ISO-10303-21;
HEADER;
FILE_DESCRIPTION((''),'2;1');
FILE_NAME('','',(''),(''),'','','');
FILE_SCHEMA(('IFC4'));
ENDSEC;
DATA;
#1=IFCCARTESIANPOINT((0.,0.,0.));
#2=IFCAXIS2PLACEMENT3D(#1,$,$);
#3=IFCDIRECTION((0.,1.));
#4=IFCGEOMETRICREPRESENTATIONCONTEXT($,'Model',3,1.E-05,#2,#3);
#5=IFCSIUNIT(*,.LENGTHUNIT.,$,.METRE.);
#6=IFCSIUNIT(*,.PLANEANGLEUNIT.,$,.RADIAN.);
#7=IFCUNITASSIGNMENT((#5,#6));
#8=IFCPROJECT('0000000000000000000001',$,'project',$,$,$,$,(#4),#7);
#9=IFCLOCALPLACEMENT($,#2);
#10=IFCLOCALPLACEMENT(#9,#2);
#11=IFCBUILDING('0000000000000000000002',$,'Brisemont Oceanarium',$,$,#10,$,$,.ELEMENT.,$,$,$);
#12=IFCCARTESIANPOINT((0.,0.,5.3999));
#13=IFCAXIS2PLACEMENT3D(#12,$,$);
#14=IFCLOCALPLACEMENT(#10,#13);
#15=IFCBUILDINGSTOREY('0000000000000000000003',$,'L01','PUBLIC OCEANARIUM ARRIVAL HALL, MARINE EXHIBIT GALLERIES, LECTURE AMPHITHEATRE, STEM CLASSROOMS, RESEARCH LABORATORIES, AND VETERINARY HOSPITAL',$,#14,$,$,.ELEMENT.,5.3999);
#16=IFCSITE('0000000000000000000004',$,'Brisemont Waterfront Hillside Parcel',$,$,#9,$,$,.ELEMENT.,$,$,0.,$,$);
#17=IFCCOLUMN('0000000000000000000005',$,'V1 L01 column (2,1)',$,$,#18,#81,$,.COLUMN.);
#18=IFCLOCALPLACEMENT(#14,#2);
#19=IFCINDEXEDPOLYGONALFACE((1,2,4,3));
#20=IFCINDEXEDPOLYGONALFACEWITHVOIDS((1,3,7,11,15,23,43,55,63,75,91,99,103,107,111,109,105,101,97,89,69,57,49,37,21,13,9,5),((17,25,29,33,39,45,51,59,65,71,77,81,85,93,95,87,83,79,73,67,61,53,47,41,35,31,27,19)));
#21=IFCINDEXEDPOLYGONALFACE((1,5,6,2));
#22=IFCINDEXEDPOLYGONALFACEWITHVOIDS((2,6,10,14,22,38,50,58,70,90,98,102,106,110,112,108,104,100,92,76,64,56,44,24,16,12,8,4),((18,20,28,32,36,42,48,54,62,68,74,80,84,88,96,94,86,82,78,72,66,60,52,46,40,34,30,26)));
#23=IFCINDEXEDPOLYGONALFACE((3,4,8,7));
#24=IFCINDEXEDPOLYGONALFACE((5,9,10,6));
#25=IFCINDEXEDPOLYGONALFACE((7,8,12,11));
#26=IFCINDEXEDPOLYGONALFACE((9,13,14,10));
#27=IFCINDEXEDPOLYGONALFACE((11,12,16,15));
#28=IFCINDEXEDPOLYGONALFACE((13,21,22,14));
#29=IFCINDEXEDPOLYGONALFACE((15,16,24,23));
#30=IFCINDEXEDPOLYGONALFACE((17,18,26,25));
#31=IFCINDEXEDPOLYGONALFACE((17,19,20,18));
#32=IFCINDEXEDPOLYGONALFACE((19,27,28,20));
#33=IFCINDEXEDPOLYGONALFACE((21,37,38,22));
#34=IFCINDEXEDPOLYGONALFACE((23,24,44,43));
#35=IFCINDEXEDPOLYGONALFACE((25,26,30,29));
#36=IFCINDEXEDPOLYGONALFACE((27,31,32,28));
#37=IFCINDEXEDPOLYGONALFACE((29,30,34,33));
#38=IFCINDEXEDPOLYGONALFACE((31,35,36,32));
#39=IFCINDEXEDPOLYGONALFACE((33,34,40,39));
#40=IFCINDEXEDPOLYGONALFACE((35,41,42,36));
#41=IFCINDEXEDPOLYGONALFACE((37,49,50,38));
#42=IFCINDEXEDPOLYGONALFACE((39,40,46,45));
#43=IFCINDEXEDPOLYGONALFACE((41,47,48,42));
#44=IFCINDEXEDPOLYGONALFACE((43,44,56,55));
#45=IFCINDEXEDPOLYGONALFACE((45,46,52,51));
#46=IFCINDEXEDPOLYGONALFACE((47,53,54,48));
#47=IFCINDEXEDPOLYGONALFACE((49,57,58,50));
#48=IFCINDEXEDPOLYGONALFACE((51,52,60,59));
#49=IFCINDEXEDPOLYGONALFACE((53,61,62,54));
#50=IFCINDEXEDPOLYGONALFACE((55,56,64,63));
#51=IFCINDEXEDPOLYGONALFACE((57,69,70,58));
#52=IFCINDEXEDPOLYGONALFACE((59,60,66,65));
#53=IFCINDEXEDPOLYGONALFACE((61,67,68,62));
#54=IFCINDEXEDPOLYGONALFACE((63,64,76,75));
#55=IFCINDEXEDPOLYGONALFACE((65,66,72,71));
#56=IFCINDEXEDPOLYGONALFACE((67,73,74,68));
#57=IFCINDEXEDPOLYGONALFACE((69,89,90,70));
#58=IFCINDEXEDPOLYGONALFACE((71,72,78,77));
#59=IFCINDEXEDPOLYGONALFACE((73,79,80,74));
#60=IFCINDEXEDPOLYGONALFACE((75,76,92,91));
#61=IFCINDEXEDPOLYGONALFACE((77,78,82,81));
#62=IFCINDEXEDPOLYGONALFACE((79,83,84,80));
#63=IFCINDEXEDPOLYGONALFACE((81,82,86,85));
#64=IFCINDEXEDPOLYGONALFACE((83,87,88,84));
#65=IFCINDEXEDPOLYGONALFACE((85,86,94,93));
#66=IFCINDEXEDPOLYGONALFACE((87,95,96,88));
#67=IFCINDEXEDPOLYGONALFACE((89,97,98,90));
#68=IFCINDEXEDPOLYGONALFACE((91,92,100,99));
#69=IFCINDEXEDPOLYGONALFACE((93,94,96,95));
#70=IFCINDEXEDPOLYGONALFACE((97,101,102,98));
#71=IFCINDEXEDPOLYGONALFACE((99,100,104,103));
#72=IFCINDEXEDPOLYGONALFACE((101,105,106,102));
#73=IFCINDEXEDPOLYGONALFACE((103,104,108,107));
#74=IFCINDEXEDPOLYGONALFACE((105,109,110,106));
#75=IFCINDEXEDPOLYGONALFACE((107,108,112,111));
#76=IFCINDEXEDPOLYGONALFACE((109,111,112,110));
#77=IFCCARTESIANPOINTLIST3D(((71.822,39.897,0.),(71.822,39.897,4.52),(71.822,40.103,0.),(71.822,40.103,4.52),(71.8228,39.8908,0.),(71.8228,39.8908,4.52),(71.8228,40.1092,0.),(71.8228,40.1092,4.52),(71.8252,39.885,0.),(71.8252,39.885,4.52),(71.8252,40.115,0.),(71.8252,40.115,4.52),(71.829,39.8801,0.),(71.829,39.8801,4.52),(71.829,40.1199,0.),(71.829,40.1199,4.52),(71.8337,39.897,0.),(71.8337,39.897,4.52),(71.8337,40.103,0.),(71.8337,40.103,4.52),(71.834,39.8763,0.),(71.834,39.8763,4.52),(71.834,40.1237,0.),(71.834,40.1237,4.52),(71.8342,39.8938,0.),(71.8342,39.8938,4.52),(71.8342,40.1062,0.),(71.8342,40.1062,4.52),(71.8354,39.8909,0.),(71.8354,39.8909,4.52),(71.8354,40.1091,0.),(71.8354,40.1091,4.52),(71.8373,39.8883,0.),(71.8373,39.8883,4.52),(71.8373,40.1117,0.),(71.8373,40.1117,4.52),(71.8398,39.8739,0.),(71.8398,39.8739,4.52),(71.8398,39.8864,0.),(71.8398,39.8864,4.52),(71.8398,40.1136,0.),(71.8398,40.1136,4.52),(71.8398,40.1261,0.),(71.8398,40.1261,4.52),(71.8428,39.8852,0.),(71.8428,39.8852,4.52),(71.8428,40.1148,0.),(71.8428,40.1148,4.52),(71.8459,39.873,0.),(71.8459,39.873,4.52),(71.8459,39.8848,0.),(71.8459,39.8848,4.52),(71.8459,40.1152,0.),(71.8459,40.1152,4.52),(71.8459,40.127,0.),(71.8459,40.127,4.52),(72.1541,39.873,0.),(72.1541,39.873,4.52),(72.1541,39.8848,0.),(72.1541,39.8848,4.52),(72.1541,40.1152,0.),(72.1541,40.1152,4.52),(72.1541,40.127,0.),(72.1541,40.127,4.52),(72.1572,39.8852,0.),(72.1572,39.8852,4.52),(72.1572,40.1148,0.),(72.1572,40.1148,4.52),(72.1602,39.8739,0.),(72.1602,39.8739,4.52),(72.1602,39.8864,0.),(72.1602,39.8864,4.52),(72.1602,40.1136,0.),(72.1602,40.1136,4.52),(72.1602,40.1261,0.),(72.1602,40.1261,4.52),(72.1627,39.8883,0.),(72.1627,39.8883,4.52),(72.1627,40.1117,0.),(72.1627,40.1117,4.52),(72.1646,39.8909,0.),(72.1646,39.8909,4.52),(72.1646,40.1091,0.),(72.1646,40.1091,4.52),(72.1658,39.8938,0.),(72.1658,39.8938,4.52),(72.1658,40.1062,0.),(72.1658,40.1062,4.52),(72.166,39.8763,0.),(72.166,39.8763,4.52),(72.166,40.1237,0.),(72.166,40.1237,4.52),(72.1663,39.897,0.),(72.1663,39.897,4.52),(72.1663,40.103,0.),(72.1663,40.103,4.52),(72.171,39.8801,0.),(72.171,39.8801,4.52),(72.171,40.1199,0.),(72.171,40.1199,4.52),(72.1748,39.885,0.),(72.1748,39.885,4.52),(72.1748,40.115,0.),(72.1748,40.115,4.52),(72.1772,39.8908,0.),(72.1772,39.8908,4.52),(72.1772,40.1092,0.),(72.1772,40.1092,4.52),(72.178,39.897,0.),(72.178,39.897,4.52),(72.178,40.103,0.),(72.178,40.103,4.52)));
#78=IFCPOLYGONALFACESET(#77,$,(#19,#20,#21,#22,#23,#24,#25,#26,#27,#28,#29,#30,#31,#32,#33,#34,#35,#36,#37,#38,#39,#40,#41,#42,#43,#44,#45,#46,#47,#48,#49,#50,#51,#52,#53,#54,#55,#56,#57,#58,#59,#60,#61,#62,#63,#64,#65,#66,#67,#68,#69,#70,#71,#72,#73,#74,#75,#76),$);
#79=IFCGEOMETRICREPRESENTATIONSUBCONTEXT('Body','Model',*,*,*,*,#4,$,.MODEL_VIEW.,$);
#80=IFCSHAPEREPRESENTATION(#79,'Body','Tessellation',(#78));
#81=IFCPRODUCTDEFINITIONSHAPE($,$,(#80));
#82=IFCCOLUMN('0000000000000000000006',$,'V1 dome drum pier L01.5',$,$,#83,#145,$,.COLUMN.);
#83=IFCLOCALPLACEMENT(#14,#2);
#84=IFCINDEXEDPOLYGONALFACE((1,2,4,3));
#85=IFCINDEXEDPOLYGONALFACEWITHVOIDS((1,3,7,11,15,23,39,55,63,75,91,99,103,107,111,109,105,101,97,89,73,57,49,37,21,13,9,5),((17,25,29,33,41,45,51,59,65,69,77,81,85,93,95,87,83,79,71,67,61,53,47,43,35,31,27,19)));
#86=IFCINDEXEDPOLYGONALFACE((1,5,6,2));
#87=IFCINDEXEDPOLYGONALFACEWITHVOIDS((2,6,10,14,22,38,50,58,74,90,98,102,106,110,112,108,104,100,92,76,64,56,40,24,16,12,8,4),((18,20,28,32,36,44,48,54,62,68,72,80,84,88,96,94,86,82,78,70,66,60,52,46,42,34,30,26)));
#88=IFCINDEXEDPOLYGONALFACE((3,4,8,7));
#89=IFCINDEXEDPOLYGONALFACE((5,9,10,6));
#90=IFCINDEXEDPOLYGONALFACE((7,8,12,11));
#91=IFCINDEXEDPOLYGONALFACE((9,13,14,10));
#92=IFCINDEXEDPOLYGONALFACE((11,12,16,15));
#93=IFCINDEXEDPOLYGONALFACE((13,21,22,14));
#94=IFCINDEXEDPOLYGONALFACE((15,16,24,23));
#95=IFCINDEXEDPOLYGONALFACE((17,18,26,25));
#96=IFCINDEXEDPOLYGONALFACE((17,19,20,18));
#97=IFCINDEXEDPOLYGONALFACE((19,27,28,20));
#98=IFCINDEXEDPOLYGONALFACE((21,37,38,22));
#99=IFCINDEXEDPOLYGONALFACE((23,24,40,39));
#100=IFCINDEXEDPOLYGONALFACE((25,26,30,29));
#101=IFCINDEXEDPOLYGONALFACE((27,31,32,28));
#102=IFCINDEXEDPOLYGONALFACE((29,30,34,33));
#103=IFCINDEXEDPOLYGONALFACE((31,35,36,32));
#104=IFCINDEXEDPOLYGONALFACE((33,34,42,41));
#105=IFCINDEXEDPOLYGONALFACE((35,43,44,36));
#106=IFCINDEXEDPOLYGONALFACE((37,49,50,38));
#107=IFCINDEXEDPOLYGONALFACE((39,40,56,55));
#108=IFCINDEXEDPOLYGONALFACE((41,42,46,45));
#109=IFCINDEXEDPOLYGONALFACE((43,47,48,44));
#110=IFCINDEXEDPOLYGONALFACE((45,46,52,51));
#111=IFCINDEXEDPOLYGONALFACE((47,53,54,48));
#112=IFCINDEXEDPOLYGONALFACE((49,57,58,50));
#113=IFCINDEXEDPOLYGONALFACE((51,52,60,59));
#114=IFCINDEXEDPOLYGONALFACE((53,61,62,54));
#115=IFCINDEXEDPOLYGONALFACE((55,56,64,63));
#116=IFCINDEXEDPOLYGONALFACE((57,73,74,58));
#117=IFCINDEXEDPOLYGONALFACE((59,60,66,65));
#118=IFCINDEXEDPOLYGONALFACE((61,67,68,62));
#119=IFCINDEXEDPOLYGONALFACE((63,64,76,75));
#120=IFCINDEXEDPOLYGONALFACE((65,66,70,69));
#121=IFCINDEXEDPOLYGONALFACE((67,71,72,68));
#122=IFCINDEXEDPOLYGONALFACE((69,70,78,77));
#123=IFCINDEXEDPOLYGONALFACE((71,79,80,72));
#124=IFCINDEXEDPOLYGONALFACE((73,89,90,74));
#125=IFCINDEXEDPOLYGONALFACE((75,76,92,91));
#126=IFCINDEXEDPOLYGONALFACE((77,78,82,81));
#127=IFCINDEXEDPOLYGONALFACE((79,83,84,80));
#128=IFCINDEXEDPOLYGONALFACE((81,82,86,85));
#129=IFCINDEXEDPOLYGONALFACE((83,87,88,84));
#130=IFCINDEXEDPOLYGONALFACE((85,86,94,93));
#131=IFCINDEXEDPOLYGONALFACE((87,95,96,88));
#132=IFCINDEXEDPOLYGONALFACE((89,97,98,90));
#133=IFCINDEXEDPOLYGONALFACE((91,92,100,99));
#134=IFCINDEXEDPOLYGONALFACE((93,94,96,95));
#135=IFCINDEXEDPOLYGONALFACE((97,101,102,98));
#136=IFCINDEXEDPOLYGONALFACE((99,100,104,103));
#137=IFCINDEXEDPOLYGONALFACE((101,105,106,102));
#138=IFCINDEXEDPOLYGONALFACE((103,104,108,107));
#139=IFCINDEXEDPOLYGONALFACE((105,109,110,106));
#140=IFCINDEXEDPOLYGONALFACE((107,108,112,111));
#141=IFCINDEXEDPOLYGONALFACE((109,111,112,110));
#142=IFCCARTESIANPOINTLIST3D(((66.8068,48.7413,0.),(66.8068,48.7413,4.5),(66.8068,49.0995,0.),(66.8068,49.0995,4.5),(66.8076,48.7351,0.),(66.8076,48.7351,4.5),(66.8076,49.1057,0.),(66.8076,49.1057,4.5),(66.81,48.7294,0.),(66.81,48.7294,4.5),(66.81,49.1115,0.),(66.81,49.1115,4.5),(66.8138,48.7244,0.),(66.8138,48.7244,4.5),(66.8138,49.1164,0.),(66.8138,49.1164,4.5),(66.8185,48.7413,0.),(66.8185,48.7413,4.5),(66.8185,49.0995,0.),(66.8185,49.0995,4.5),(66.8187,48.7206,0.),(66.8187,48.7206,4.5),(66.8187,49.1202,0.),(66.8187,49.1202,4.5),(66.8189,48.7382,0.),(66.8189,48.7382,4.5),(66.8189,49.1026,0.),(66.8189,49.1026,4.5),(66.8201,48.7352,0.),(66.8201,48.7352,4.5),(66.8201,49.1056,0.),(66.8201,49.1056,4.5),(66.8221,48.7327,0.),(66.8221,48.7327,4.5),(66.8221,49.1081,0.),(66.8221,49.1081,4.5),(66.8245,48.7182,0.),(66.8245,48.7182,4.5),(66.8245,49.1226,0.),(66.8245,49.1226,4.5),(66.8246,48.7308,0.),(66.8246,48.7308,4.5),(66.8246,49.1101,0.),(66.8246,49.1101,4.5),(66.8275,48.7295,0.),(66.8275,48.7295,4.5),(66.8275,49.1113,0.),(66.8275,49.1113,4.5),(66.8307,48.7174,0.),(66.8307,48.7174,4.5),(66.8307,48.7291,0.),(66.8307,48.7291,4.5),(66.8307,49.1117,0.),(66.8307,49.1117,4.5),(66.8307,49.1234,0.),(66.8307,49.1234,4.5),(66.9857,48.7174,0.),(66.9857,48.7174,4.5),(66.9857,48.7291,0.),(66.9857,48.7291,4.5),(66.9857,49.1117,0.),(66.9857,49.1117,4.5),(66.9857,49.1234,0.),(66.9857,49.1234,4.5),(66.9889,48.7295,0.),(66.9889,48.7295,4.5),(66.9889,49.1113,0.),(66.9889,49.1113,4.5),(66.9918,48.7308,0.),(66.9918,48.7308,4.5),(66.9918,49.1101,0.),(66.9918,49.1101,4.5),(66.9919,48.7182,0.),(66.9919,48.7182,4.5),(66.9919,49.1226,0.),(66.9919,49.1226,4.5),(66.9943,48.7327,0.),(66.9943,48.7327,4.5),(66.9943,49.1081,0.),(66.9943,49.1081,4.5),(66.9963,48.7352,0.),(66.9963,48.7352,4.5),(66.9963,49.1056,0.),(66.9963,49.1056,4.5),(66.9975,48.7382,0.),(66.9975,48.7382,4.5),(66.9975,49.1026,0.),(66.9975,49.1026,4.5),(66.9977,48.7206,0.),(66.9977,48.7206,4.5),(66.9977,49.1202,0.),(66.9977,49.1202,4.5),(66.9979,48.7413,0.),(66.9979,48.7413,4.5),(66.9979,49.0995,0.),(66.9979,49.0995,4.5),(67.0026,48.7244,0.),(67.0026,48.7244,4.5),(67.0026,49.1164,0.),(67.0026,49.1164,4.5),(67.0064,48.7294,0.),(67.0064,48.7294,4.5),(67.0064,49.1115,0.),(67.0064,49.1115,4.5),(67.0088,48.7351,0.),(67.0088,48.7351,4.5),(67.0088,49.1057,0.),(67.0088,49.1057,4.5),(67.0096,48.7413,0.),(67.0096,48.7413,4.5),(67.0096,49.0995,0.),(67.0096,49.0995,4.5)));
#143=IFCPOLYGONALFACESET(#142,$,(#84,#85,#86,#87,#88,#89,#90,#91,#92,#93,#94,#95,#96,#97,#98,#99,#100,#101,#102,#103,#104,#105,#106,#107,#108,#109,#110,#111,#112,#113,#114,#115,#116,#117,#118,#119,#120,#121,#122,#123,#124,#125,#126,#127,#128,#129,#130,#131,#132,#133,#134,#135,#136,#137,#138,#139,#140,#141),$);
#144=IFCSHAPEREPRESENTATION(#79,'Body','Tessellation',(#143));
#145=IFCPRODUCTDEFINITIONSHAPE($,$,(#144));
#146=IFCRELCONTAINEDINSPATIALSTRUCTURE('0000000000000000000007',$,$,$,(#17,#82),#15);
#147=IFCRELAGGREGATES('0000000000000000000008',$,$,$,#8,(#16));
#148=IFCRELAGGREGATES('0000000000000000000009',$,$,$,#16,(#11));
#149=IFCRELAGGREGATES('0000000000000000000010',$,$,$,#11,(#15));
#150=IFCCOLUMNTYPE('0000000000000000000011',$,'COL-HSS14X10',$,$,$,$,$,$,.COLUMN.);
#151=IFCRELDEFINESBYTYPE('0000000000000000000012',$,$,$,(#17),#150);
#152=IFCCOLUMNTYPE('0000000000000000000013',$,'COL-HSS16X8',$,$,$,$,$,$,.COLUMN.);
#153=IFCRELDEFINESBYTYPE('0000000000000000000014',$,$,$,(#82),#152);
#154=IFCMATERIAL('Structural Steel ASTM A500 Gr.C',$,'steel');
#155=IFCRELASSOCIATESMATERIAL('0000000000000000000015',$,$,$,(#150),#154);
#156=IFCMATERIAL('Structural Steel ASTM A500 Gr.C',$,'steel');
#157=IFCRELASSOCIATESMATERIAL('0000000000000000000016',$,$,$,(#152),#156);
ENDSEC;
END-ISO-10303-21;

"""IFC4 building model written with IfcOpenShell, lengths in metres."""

from ifc_helpers import new_model, si_unit, direction, frame, origin, origin_2d, place, context, subcontext, project, spatial, hollow_rectangle, extrude, material, material_profile, profile_set, type_object, element, save


model = new_model("IFC4")

# Units and contexts
model_context = context("Model", 3, precision=1e-05, world=origin(), true_north=direction((0.0, 1.0)))
body_context = subcontext(model_context, "Body", "Model", "MODEL_VIEW")
ifc_project = project(units=[si_unit("LENGTHUNIT", "METRE"), si_unit("PLANEANGLEUNIT", "RADIAN")], contexts=[model_context])

# Site, building, storey
site_placement = place(None, origin())
site = spatial("IfcSite", under=ifc_project, at=site_placement, Name="Brisemont Waterfront Hillside Parcel", CompositionType="ELEMENT", RefElevation=0.0)
building_placement = place(site_placement, origin())
building = spatial("IfcBuilding", under=site, at=building_placement, Name="Brisemont Oceanarium", CompositionType="ELEMENT")
storey_placement = place(building_placement, frame((0.0, 0.0, 5.3999)))
storey = spatial("IfcBuildingStorey", under=building, at=storey_placement, Name="L01", Description="PUBLIC OCEANARIUM ARRIVAL HALL, MARINE EXHIBIT GALLERIES, LECTURE AMPHITHEATRE, STEM CLASSROOMS, RESEARCH LABORATORIES, AND VETERINARY HOSPITAL", CompositionType="ELEMENT", Elevation=5.3999)

# Columns
ifc_material_1 = material(Name="Structural Steel ASTM A500 Gr.C", Category="steel")
ifc_material_profile_1 = material_profile(ifc_material_1, hollow_rectangle(XDim=0.2539, YDim=0.356, WallThickness=0.0117, InnerFilletRadius=0.0122, OuterFilletRadius=0.0239, at=origin_2d()), Name="HSS14X10X1/2")
ifc_profile_set_1 = profile_set([ifc_material_profile_1], Name="Structural Steel ASTM A500 Gr.C")
column_type_1 = type_object("IfcColumnType", Name="COL-HSS14X10", PredefinedType="COLUMN", material=ifc_profile_set_1)
column_1_placement = place(storey_placement, frame((72.0, 40.0, 0.0), z_axis=(0.0, 0.0, 1.0), x_axis=(0.0, 1.0, 0.0)))
element("IfcColumn", 1, at=column_1_placement, inside=storey, type_object=column_type_1, Name="V1 L01 column (2,1)", PredefinedType="COLUMN", context=body_context, shape_type="SweptSolid", body=[
    extrude(hollow_rectangle(XDim=0.2539, YDim=0.356, WallThickness=0.0117, InnerFilletRadius=0.0122, OuterFilletRadius=0.0239, at=origin_2d()), origin(), (0.0, 0.0, 1.0), 4.52),
])
ifc_material_2 = material(Name="Structural Steel ASTM A500 Gr.C", Category="steel")
ifc_material_profile_2 = material_profile(ifc_material_2, hollow_rectangle(XDim=0.2029, YDim=0.406, WallThickness=0.0117, InnerFilletRadius=0.0122, OuterFilletRadius=0.0239, at=origin_2d()), Name="HSS16X8X1/2")
ifc_profile_set_2 = profile_set([ifc_material_profile_2], Name="Structural Steel ASTM A500 Gr.C")
column_type_2 = type_object("IfcColumnType", Name="COL-HSS16X8", PredefinedType="COLUMN", material=ifc_profile_set_2)
for number, where, z_axis, x_axis, name in (
    (2, (66.9082, 48.9204, 0.0), (0.0, 0.0, 1.0), (1.0, 0.0, 0.0), "V1 dome drum pier L01.5"),
):
    element("IfcColumn", number, at=place(storey_placement, frame(where, z_axis=z_axis, x_axis=x_axis)), inside=storey, type_object=column_type_2, Name=name, PredefinedType="COLUMN", context=body_context, shape_type="SweptSolid", body=[
        extrude(hollow_rectangle(XDim=0.2029, YDim=0.406, WallThickness=0.0117, InnerFilletRadius=0.0122, OuterFilletRadius=0.0239, at=origin_2d()), origin(), (0.0, 0.0, 1.0), 4.5),
    ])

save(model, "model.ifc")
